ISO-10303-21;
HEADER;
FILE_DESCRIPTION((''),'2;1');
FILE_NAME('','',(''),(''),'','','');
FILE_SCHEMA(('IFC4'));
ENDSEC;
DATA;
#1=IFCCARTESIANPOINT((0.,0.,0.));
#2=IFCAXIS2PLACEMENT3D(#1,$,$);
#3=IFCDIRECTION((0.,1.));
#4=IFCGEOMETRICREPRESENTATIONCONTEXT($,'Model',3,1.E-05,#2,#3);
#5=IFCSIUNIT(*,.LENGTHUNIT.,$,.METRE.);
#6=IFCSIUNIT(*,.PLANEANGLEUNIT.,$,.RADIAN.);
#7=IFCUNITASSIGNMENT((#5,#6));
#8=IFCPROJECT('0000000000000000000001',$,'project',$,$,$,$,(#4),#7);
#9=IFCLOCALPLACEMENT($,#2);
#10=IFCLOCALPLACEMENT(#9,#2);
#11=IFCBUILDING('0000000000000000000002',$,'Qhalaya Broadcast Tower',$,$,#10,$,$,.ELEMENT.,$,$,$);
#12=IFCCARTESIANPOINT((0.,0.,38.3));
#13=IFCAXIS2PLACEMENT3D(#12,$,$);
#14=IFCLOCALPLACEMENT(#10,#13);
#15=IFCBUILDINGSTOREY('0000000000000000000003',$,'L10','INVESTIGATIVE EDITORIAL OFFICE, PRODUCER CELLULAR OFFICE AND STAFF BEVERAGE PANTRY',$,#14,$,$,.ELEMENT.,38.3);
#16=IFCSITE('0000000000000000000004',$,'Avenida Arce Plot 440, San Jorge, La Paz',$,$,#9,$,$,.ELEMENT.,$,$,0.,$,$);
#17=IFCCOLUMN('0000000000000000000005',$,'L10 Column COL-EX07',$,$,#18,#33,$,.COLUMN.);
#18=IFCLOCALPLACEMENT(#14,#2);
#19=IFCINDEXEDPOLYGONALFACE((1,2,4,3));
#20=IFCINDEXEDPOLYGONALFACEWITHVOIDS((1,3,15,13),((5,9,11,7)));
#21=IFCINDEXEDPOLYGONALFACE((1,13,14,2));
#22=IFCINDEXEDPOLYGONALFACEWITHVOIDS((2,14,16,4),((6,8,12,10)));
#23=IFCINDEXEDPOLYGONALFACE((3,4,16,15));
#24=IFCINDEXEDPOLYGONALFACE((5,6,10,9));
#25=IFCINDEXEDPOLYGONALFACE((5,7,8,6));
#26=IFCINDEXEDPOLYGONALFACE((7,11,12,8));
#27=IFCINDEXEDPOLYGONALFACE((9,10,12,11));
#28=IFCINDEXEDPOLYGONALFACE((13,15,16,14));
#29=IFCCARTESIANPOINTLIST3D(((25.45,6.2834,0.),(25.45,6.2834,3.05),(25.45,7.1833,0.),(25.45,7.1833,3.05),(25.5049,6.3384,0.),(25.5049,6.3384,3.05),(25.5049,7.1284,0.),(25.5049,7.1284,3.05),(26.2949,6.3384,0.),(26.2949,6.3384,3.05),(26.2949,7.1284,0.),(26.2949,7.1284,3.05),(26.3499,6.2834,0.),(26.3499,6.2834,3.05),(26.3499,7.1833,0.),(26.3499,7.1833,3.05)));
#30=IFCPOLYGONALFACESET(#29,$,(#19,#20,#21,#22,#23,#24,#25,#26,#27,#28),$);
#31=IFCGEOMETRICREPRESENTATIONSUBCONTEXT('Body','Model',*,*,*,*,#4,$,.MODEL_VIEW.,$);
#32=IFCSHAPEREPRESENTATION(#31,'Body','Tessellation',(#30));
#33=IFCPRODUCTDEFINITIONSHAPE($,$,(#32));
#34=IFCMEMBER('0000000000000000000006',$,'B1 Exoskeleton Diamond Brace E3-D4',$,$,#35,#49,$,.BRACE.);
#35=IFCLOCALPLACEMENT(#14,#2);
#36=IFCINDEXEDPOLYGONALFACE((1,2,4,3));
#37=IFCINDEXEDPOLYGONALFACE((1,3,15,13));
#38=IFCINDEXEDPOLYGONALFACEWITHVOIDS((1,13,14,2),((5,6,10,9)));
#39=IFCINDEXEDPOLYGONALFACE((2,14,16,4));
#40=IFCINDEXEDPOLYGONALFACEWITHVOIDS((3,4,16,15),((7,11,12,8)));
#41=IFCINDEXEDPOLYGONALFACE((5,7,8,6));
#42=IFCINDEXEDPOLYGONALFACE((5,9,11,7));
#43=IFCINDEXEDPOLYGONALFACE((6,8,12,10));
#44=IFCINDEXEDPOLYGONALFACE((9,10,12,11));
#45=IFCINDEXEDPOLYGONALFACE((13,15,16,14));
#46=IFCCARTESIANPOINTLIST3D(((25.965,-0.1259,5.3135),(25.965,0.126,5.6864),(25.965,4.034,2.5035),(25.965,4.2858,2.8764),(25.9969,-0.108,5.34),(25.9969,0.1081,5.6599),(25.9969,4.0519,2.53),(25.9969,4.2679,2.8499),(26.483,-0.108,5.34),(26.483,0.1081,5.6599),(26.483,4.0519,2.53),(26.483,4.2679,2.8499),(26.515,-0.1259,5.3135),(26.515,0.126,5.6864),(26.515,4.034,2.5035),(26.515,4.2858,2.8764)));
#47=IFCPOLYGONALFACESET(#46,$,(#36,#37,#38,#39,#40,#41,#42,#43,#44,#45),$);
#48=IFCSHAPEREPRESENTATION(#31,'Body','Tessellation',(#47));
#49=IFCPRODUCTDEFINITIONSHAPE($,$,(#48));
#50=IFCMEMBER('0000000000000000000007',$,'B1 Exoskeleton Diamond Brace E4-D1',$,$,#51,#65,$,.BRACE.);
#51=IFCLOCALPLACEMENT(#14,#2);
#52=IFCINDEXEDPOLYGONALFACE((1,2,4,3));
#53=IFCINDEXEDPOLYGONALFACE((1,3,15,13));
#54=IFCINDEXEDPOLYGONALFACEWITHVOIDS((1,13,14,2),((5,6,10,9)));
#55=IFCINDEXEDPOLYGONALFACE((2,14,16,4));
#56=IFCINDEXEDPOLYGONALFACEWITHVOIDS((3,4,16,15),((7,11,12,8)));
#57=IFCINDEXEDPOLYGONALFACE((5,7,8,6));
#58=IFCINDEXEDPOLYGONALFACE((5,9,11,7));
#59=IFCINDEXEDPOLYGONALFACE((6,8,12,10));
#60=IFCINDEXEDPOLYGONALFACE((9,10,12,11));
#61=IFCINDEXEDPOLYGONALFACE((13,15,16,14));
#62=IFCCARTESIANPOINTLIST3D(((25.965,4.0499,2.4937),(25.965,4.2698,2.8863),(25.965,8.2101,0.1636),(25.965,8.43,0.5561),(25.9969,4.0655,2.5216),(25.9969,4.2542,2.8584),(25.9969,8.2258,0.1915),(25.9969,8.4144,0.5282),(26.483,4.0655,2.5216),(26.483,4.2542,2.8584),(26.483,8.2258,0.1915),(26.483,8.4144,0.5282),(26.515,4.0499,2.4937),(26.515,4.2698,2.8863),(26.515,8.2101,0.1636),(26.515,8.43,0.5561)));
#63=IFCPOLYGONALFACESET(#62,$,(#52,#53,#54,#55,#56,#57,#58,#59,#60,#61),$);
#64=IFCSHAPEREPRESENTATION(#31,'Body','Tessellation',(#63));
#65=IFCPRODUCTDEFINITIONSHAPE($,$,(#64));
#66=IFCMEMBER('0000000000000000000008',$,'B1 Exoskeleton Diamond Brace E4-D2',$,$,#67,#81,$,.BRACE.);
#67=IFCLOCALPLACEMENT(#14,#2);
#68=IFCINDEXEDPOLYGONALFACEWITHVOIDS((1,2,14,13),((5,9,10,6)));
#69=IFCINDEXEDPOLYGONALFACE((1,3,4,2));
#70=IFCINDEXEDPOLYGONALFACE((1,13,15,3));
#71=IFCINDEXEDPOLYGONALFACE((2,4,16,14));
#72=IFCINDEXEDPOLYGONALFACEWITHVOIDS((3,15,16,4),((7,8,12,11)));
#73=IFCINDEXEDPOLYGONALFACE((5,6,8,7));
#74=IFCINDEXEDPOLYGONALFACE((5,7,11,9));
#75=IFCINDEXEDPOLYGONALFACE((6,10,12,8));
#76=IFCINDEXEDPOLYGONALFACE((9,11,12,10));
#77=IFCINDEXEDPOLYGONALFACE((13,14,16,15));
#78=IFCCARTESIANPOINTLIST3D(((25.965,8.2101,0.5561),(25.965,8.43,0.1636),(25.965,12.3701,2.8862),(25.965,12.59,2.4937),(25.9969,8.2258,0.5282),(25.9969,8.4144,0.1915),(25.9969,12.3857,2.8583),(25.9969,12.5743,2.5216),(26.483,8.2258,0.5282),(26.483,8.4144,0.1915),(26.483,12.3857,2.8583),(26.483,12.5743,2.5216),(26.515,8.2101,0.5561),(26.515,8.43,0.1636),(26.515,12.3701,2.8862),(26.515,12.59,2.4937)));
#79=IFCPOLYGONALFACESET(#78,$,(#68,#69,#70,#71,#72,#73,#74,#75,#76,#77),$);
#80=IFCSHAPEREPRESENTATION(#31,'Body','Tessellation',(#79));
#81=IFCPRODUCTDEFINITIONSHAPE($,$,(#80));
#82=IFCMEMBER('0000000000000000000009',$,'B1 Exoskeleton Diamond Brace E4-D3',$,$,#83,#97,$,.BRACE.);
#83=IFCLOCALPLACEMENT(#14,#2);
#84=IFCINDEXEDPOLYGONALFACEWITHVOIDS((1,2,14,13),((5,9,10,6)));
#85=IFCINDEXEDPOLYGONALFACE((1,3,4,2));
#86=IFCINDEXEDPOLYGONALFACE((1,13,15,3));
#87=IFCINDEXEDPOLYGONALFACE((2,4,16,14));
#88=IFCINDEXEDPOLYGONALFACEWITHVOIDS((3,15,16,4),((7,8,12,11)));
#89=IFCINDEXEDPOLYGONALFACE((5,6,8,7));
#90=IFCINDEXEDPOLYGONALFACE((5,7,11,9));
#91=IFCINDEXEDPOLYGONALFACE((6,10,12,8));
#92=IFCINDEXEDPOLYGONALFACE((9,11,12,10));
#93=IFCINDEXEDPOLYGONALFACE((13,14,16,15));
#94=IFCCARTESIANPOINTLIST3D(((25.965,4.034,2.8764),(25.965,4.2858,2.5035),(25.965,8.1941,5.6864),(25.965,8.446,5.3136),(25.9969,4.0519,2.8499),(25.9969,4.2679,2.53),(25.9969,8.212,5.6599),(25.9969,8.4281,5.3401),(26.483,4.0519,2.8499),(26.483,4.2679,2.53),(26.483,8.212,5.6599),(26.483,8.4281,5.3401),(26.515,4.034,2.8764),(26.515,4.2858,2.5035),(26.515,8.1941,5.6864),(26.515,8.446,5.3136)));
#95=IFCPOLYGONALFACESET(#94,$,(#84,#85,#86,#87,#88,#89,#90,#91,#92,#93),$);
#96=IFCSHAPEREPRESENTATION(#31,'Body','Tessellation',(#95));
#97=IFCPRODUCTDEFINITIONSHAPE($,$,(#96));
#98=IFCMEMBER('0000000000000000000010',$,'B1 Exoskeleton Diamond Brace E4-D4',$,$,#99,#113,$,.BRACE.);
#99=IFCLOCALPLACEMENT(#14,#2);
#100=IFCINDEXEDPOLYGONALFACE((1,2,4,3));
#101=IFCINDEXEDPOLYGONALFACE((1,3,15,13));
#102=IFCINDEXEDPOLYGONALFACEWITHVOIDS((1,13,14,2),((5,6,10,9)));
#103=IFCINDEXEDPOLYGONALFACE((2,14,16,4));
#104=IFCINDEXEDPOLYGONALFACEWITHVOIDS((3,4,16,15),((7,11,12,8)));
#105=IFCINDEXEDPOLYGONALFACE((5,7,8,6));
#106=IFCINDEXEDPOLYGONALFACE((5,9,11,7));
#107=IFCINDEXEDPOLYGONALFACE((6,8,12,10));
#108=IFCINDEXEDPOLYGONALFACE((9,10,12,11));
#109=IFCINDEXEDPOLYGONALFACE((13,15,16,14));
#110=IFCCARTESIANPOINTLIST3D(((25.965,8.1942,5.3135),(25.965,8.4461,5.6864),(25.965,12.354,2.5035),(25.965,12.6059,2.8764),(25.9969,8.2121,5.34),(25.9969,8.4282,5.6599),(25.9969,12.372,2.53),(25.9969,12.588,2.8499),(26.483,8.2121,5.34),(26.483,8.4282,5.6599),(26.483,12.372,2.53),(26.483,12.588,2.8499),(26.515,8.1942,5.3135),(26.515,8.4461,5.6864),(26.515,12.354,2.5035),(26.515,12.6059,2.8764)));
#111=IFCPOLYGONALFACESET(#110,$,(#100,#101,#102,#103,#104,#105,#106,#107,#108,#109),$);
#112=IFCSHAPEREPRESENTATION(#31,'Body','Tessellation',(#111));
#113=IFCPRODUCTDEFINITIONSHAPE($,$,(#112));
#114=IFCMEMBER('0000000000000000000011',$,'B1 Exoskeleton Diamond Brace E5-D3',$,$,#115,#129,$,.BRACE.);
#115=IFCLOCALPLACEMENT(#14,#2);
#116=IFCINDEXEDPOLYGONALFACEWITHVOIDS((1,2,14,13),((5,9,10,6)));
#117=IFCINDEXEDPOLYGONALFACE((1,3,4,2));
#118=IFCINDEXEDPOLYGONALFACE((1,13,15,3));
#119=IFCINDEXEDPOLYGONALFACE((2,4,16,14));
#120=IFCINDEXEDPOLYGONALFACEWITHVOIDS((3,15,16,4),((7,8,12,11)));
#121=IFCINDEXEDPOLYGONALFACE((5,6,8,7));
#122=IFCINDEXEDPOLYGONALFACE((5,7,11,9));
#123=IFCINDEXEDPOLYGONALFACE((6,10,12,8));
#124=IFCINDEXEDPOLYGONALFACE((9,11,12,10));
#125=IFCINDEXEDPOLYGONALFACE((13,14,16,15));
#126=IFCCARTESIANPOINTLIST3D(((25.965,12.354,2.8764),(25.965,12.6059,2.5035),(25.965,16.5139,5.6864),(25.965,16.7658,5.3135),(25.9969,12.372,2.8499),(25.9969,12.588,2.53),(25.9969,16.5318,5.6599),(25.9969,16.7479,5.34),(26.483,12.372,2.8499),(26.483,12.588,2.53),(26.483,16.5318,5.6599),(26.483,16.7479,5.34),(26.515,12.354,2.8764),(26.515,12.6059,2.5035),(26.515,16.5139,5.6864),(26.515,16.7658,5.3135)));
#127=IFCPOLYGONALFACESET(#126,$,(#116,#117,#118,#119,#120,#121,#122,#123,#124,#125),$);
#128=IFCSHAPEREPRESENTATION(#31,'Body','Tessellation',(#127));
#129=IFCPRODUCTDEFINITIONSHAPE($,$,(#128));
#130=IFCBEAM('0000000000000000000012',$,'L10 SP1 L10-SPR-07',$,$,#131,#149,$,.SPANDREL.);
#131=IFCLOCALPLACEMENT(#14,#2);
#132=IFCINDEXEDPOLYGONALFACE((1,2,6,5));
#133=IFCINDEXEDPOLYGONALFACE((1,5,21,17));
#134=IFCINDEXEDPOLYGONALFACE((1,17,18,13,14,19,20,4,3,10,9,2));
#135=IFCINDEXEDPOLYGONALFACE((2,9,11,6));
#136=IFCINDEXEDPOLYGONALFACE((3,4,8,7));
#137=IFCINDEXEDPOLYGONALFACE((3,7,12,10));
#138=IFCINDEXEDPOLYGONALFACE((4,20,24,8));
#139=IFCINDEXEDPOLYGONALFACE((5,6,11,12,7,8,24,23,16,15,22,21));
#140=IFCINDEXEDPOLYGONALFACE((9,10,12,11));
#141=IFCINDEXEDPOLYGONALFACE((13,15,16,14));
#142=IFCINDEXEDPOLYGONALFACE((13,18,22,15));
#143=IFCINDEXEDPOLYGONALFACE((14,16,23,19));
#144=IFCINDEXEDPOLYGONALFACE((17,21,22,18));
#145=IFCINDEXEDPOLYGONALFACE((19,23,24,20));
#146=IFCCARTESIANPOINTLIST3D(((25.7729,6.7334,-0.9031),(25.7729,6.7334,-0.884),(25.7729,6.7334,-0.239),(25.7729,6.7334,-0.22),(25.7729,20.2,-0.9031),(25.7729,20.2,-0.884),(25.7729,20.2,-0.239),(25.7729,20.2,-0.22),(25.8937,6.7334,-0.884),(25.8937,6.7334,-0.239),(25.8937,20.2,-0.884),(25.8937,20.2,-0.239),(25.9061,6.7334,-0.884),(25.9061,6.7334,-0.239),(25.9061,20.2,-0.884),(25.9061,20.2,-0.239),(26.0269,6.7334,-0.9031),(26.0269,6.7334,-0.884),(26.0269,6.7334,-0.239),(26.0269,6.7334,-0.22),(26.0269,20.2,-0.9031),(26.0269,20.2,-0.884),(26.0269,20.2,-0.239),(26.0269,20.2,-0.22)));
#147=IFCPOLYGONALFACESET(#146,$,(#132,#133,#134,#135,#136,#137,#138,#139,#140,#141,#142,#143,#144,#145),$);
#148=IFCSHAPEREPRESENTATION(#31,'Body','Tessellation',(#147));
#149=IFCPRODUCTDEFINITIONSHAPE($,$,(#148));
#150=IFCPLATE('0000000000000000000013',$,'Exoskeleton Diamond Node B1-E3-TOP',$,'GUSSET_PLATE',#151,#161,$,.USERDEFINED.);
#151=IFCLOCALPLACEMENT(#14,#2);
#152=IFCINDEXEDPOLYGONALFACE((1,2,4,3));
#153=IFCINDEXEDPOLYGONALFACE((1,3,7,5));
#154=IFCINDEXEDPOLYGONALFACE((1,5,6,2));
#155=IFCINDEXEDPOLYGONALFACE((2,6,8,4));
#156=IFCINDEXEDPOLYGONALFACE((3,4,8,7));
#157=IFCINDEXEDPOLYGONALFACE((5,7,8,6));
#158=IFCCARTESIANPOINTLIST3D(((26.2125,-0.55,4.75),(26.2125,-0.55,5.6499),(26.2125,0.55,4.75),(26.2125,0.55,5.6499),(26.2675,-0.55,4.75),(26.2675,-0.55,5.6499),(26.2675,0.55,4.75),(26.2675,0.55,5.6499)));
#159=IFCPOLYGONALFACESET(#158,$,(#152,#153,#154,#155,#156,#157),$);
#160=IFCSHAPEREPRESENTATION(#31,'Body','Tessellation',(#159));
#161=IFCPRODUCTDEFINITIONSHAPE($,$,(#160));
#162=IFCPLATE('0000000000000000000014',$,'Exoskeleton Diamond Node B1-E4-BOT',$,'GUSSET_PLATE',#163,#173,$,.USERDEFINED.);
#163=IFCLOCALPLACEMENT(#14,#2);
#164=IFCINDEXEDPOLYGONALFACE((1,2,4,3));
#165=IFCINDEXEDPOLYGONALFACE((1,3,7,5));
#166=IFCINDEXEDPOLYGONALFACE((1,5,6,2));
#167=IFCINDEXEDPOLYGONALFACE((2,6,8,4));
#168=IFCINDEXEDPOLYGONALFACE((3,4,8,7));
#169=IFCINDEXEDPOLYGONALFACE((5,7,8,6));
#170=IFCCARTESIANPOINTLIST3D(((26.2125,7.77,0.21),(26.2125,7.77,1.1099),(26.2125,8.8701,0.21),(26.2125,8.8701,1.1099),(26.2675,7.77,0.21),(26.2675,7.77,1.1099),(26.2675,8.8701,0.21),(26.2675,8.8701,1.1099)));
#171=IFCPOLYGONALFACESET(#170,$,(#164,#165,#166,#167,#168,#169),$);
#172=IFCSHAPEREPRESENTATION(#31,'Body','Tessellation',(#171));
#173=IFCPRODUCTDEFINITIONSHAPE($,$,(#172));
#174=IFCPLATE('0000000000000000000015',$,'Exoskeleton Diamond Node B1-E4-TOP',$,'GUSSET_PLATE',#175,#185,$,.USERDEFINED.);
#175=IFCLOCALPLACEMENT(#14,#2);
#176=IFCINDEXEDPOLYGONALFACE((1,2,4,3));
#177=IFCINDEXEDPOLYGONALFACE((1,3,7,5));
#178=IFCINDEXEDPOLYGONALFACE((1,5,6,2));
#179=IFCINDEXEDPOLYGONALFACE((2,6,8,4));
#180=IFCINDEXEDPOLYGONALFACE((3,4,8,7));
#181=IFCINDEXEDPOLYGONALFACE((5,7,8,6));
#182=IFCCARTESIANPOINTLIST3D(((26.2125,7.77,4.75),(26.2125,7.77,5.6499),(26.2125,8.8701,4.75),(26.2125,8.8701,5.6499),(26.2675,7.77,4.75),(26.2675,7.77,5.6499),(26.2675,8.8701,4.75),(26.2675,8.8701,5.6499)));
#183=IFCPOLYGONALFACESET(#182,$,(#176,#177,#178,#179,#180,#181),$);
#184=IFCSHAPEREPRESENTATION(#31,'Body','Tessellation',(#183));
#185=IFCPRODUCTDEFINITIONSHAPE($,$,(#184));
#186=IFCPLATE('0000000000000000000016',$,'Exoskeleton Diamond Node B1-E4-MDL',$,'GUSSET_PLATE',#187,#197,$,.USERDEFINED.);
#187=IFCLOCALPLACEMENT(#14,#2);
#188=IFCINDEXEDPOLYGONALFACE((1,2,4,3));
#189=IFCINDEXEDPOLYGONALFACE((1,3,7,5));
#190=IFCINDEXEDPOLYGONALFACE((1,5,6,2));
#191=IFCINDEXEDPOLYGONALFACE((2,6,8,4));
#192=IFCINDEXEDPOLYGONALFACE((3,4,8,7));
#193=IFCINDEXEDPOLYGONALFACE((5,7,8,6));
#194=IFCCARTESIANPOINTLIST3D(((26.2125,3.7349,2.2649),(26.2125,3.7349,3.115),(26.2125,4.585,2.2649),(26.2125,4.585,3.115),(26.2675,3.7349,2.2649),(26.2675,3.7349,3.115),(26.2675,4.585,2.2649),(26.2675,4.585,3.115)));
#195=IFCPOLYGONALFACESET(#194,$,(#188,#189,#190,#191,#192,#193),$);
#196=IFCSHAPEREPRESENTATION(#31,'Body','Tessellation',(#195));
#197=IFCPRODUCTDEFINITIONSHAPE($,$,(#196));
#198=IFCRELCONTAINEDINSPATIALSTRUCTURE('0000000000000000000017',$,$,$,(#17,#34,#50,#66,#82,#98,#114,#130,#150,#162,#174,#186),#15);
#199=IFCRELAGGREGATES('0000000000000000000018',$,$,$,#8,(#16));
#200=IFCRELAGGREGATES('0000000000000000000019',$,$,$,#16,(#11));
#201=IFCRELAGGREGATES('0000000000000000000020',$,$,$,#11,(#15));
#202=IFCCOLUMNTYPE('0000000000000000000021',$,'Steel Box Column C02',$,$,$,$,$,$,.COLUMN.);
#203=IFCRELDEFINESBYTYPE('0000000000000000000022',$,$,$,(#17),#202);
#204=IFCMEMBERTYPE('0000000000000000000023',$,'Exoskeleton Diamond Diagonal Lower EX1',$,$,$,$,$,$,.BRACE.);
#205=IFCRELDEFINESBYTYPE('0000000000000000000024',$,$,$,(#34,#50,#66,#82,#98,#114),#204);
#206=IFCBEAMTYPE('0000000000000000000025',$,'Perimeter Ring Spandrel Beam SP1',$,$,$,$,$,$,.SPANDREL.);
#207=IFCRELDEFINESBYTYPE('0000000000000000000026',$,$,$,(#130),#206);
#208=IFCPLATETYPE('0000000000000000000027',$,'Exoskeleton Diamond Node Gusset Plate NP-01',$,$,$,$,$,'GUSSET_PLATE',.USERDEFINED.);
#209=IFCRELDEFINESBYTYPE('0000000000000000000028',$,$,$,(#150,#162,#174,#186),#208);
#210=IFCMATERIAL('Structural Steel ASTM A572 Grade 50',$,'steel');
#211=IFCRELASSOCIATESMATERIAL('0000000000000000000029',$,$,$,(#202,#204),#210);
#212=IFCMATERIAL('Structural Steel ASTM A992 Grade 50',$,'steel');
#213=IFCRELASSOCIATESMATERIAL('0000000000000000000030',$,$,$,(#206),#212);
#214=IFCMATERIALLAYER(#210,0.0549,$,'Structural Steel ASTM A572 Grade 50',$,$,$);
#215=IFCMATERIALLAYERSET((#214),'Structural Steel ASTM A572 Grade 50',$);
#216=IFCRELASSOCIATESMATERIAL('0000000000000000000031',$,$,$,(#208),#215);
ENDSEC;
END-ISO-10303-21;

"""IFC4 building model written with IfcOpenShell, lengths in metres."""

from ifc_helpers import new_model, si_unit, direction, frame, origin, origin_2d, place, context, subcontext, project, spatial, rectangle, hollow_rectangle, i_section, extrude, material, layer, layer_set, material_profile, profile_set, type_object, element, save


model = new_model("IFC4")

# Units and contexts
model_context = context("Model", 3, precision=1e-05, world=origin(), true_north=direction((0.0, 1.0)))
body_context = subcontext(model_context, "Body", "Model", "MODEL_VIEW")
ifc_project = project(units=[si_unit("LENGTHUNIT", "METRE"), si_unit("PLANEANGLEUNIT", "RADIAN")], contexts=[model_context])

# Site, building, storey
site_placement = place(None, origin())
site = spatial("IfcSite", under=ifc_project, at=site_placement, Name="Avenida Arce Plot 440, San Jorge, La Paz", CompositionType="ELEMENT", RefElevation=0.0)
building_placement = place(site_placement, origin())
building = spatial("IfcBuilding", under=site, at=building_placement, Name="Qhalaya Broadcast Tower", CompositionType="ELEMENT")
storey_placement = place(building_placement, frame((0.0, 0.0, 38.3)))
storey = spatial("IfcBuildingStorey", under=building, at=storey_placement, Name="L10", Description="INVESTIGATIVE EDITORIAL OFFICE, PRODUCER CELLULAR OFFICE AND STAFF BEVERAGE PANTRY", CompositionType="ELEMENT", Elevation=38.3)

# Column
ifc_material_1 = material(Name="Structural Steel ASTM A572 Grade 50", Category="steel")
ifc_material_profile_1 = material_profile(ifc_material_1, hollow_rectangle(XDim=0.8999, YDim=0.8999, WallThickness=0.0549, at=origin_2d()), Name="BOX 900x900x55")
ifc_profile_set_1 = profile_set([ifc_material_profile_1], Name="Structural Steel ASTM A572 Grade 50")
column_type = type_object("IfcColumnType", Name="Steel Box Column C02", PredefinedType="COLUMN", material=ifc_profile_set_1)
column_placement = place(storey_placement, frame((25.8999, 6.7334, 0.0), z_axis=(0.0, 0.0, 1.0), x_axis=(0.0, 1.0, 0.0)))
element("IfcColumn", 1, at=column_placement, inside=storey, type_object=column_type, Name="L10 Column COL-EX07", PredefinedType="COLUMN", context=body_context, shape_type="SweptSolid", body=[
    extrude(hollow_rectangle(XDim=0.8999, YDim=0.8999, WallThickness=0.0549, at=origin_2d()), origin(), (0.0, 0.0, 1.0), 3.05),
])

# Members
ifc_material_profile_2 = material_profile(ifc_material_1, hollow_rectangle(XDim=0.45, YDim=0.55, WallThickness=0.032, at=origin_2d()), Name="BOX 450x550x32")
ifc_profile_set_2 = profile_set([ifc_material_profile_2], Name="Structural Steel ASTM A572 Grade 50")
member_type = type_object("IfcMemberType", Name="Exoskeleton Diamond Diagonal Lower EX1", PredefinedType="BRACE", material=ifc_profile_set_2)
member_1_placement = place(storey_placement, frame((26.24, 4.1599, 2.6899), z_axis=(0.0, -0.828653, 0.559763), x_axis=(0.0, 0.559763, 0.828653)))
element("IfcMember", 2, at=member_1_placement, inside=storey, type_object=member_type, Name="B1 Exoskeleton Diamond Brace E3-D4", PredefinedType="BRACE", context=body_context, shape_type="SweptSolid", body=[
    extrude(hollow_rectangle(XDim=0.45, YDim=0.55, WallThickness=0.032, at=origin_2d()), origin(), (0.0, 0.0, 1.0), 5.02),
])
member_2_placement = place(storey_placement, frame((26.24, 8.3201, 0.3599), z_axis=(0.0, -0.872471, 0.488666), x_axis=(0.0, 0.488666, 0.872471)))
element("IfcMember", 3, at=member_2_placement, inside=storey, type_object=member_type, Name="B1 Exoskeleton Diamond Brace E4-D1", PredefinedType="BRACE", context=body_context, shape_type="SweptSolid", body=[
    extrude(hollow_rectangle(XDim=0.45, YDim=0.55, WallThickness=0.032, at=origin_2d()), origin(), (0.0, 0.0, 1.0), 4.7683),
])
member_3_placement = place(storey_placement, frame((26.24, 8.3201, 0.3599), z_axis=(0.0, 0.872459, 0.488688), x_axis=(0.0, -0.488688, 0.872459)))
element("IfcMember", 4, at=member_3_placement, inside=storey, type_object=member_type, Name="B1 Exoskeleton Diamond Brace E4-D2", PredefinedType="BRACE", context=body_context, shape_type="SweptSolid", body=[
    extrude(hollow_rectangle(XDim=0.45, YDim=0.55, WallThickness=0.032, at=origin_2d()), origin(), (0.0, 0.0, 1.0), 4.7681),
])
member_4_placement = place(storey_placement, frame((26.24, 4.1599, 2.6899), z_axis=(0.0, 0.828668, 0.55974), x_axis=(0.0, -0.55974, 0.828668)))
element("IfcMember", 5, at=member_4_placement, inside=storey, type_object=member_type, Name="B1 Exoskeleton Diamond Brace E4-D3", PredefinedType="BRACE", context=body_context, shape_type="SweptSolid", body=[
    extrude(hollow_rectangle(XDim=0.45, YDim=0.55, WallThickness=0.032, at=origin_2d()), origin(), (0.0, 0.0, 1.0), 5.0203),
])
for number, where, z_axis, x_axis, name in (
    (6, (26.24, 12.48, 2.6899), (0.0, -0.828653, 0.559763), (0.0, 0.559763, 0.828653), "B1 Exoskeleton Diamond Brace E4-D4"),
    (7, (26.24, 12.48, 2.6899), (0.0, 0.828653, 0.559763), (0.0, -0.559763, 0.828653), "B1 Exoskeleton Diamond Brace E5-D3"),
):
    element("IfcMember", number, at=place(storey_placement, frame(where, z_axis=z_axis, x_axis=x_axis)), inside=storey, type_object=member_type, Name=name, PredefinedType="BRACE", context=body_context, shape_type="SweptSolid", body=[
        extrude(hollow_rectangle(XDim=0.45, YDim=0.55, WallThickness=0.032, at=origin_2d()), origin(), (0.0, 0.0, 1.0), 5.02),
    ])

# Beam
ifc_material_2 = material(Name="Structural Steel ASTM A992 Grade 50", Category="steel")
ifc_material_profile_3 = material_profile(ifc_material_2, i_section(OverallWidth=0.2539, OverallDepth=0.6831, WebThickness=0.0125, FlangeThickness=0.019, at=origin_2d()), Name="W27X94")
ifc_profile_set_3 = profile_set([ifc_material_profile_3], Name="Structural Steel ASTM A992 Grade 50")
beam_type = type_object("IfcBeamType", Name="Perimeter Ring Spandrel Beam SP1", PredefinedType="SPANDREL", material=ifc_profile_set_3)
beam_placement = place(storey_placement, frame((25.8999, 6.7334, -0.5615), z_axis=(0.0, 1.0, 0.0), x_axis=(-1.0, 0.0, 0.0)))
element("IfcBeam", 8, at=beam_placement, inside=storey, type_object=beam_type, Name="L10 SP1 L10-SPR-07", PredefinedType="SPANDREL", context=body_context, shape_type="SweptSolid", body=[
    extrude(i_section(OverallWidth=0.2539, OverallDepth=0.6831, WebThickness=0.0125, FlangeThickness=0.019, at=origin_2d()), origin(), (0.0, 0.0, 1.0), 13.4666),
])

# Plates
ifc_layer_1 = layer(ifc_material_1, 0.0549, Name="Structural Steel ASTM A572 Grade 50")
ifc_layer_set_1 = layer_set([ifc_layer_1], Name="Structural Steel ASTM A572 Grade 50")
plate_type_1 = type_object("IfcPlateType", Name="Exoskeleton Diamond Node Gusset Plate NP-01", ElementType="GUSSET_PLATE", PredefinedType="USERDEFINED", material=ifc_layer_set_1)
for number, where, z_axis, x_axis, name in (
    (9, (26.24, 0.0, 4.75), (0.0, 0.0, 1.0), (0.0, 1.0, 0.0), "Exoskeleton Diamond Node B1-E3-TOP"),
    (10, (26.24, 8.3201, 0.21), (0.0, 0.0, 1.0), (0.0, 1.0, 0.0), "Exoskeleton Diamond Node B1-E4-BOT"),
    (11, (26.24, 8.3201, 4.75), (0.0, 0.0, 1.0), (0.0, 1.0, 0.0), "Exoskeleton Diamond Node B1-E4-TOP"),
):
    element("IfcPlate", number, at=place(storey_placement, frame(where, z_axis=z_axis, x_axis=x_axis)), inside=storey, type_object=plate_type_1, Name=name, ObjectType="GUSSET_PLATE", PredefinedType="USERDEFINED", context=body_context, shape_type="SweptSolid", body=[
        extrude(rectangle(XDim=1.1001, YDim=0.0549, at=origin_2d()), origin(), (0.0, 0.0, 1.0), 0.8999),
    ])
for number, where, z_axis, x_axis, name in (
    (12, (26.24, 4.1599, 2.2649), (0.0, 0.0, 1.0), (0.0, 1.0, 0.0), "Exoskeleton Diamond Node B1-E4-MDL"),
):
    element("IfcPlate", number, at=place(storey_placement, frame(where, z_axis=z_axis, x_axis=x_axis)), inside=storey, type_object=plate_type_1, Name=name, ObjectType="GUSSET_PLATE", PredefinedType="USERDEFINED", context=body_context, shape_type="SweptSolid", body=[
        extrude(rectangle(XDim=0.8501, YDim=0.0549, at=origin_2d()), origin(), (0.0, 0.0, 1.0), 0.8501),
    ])

save(model, "model.ifc")
